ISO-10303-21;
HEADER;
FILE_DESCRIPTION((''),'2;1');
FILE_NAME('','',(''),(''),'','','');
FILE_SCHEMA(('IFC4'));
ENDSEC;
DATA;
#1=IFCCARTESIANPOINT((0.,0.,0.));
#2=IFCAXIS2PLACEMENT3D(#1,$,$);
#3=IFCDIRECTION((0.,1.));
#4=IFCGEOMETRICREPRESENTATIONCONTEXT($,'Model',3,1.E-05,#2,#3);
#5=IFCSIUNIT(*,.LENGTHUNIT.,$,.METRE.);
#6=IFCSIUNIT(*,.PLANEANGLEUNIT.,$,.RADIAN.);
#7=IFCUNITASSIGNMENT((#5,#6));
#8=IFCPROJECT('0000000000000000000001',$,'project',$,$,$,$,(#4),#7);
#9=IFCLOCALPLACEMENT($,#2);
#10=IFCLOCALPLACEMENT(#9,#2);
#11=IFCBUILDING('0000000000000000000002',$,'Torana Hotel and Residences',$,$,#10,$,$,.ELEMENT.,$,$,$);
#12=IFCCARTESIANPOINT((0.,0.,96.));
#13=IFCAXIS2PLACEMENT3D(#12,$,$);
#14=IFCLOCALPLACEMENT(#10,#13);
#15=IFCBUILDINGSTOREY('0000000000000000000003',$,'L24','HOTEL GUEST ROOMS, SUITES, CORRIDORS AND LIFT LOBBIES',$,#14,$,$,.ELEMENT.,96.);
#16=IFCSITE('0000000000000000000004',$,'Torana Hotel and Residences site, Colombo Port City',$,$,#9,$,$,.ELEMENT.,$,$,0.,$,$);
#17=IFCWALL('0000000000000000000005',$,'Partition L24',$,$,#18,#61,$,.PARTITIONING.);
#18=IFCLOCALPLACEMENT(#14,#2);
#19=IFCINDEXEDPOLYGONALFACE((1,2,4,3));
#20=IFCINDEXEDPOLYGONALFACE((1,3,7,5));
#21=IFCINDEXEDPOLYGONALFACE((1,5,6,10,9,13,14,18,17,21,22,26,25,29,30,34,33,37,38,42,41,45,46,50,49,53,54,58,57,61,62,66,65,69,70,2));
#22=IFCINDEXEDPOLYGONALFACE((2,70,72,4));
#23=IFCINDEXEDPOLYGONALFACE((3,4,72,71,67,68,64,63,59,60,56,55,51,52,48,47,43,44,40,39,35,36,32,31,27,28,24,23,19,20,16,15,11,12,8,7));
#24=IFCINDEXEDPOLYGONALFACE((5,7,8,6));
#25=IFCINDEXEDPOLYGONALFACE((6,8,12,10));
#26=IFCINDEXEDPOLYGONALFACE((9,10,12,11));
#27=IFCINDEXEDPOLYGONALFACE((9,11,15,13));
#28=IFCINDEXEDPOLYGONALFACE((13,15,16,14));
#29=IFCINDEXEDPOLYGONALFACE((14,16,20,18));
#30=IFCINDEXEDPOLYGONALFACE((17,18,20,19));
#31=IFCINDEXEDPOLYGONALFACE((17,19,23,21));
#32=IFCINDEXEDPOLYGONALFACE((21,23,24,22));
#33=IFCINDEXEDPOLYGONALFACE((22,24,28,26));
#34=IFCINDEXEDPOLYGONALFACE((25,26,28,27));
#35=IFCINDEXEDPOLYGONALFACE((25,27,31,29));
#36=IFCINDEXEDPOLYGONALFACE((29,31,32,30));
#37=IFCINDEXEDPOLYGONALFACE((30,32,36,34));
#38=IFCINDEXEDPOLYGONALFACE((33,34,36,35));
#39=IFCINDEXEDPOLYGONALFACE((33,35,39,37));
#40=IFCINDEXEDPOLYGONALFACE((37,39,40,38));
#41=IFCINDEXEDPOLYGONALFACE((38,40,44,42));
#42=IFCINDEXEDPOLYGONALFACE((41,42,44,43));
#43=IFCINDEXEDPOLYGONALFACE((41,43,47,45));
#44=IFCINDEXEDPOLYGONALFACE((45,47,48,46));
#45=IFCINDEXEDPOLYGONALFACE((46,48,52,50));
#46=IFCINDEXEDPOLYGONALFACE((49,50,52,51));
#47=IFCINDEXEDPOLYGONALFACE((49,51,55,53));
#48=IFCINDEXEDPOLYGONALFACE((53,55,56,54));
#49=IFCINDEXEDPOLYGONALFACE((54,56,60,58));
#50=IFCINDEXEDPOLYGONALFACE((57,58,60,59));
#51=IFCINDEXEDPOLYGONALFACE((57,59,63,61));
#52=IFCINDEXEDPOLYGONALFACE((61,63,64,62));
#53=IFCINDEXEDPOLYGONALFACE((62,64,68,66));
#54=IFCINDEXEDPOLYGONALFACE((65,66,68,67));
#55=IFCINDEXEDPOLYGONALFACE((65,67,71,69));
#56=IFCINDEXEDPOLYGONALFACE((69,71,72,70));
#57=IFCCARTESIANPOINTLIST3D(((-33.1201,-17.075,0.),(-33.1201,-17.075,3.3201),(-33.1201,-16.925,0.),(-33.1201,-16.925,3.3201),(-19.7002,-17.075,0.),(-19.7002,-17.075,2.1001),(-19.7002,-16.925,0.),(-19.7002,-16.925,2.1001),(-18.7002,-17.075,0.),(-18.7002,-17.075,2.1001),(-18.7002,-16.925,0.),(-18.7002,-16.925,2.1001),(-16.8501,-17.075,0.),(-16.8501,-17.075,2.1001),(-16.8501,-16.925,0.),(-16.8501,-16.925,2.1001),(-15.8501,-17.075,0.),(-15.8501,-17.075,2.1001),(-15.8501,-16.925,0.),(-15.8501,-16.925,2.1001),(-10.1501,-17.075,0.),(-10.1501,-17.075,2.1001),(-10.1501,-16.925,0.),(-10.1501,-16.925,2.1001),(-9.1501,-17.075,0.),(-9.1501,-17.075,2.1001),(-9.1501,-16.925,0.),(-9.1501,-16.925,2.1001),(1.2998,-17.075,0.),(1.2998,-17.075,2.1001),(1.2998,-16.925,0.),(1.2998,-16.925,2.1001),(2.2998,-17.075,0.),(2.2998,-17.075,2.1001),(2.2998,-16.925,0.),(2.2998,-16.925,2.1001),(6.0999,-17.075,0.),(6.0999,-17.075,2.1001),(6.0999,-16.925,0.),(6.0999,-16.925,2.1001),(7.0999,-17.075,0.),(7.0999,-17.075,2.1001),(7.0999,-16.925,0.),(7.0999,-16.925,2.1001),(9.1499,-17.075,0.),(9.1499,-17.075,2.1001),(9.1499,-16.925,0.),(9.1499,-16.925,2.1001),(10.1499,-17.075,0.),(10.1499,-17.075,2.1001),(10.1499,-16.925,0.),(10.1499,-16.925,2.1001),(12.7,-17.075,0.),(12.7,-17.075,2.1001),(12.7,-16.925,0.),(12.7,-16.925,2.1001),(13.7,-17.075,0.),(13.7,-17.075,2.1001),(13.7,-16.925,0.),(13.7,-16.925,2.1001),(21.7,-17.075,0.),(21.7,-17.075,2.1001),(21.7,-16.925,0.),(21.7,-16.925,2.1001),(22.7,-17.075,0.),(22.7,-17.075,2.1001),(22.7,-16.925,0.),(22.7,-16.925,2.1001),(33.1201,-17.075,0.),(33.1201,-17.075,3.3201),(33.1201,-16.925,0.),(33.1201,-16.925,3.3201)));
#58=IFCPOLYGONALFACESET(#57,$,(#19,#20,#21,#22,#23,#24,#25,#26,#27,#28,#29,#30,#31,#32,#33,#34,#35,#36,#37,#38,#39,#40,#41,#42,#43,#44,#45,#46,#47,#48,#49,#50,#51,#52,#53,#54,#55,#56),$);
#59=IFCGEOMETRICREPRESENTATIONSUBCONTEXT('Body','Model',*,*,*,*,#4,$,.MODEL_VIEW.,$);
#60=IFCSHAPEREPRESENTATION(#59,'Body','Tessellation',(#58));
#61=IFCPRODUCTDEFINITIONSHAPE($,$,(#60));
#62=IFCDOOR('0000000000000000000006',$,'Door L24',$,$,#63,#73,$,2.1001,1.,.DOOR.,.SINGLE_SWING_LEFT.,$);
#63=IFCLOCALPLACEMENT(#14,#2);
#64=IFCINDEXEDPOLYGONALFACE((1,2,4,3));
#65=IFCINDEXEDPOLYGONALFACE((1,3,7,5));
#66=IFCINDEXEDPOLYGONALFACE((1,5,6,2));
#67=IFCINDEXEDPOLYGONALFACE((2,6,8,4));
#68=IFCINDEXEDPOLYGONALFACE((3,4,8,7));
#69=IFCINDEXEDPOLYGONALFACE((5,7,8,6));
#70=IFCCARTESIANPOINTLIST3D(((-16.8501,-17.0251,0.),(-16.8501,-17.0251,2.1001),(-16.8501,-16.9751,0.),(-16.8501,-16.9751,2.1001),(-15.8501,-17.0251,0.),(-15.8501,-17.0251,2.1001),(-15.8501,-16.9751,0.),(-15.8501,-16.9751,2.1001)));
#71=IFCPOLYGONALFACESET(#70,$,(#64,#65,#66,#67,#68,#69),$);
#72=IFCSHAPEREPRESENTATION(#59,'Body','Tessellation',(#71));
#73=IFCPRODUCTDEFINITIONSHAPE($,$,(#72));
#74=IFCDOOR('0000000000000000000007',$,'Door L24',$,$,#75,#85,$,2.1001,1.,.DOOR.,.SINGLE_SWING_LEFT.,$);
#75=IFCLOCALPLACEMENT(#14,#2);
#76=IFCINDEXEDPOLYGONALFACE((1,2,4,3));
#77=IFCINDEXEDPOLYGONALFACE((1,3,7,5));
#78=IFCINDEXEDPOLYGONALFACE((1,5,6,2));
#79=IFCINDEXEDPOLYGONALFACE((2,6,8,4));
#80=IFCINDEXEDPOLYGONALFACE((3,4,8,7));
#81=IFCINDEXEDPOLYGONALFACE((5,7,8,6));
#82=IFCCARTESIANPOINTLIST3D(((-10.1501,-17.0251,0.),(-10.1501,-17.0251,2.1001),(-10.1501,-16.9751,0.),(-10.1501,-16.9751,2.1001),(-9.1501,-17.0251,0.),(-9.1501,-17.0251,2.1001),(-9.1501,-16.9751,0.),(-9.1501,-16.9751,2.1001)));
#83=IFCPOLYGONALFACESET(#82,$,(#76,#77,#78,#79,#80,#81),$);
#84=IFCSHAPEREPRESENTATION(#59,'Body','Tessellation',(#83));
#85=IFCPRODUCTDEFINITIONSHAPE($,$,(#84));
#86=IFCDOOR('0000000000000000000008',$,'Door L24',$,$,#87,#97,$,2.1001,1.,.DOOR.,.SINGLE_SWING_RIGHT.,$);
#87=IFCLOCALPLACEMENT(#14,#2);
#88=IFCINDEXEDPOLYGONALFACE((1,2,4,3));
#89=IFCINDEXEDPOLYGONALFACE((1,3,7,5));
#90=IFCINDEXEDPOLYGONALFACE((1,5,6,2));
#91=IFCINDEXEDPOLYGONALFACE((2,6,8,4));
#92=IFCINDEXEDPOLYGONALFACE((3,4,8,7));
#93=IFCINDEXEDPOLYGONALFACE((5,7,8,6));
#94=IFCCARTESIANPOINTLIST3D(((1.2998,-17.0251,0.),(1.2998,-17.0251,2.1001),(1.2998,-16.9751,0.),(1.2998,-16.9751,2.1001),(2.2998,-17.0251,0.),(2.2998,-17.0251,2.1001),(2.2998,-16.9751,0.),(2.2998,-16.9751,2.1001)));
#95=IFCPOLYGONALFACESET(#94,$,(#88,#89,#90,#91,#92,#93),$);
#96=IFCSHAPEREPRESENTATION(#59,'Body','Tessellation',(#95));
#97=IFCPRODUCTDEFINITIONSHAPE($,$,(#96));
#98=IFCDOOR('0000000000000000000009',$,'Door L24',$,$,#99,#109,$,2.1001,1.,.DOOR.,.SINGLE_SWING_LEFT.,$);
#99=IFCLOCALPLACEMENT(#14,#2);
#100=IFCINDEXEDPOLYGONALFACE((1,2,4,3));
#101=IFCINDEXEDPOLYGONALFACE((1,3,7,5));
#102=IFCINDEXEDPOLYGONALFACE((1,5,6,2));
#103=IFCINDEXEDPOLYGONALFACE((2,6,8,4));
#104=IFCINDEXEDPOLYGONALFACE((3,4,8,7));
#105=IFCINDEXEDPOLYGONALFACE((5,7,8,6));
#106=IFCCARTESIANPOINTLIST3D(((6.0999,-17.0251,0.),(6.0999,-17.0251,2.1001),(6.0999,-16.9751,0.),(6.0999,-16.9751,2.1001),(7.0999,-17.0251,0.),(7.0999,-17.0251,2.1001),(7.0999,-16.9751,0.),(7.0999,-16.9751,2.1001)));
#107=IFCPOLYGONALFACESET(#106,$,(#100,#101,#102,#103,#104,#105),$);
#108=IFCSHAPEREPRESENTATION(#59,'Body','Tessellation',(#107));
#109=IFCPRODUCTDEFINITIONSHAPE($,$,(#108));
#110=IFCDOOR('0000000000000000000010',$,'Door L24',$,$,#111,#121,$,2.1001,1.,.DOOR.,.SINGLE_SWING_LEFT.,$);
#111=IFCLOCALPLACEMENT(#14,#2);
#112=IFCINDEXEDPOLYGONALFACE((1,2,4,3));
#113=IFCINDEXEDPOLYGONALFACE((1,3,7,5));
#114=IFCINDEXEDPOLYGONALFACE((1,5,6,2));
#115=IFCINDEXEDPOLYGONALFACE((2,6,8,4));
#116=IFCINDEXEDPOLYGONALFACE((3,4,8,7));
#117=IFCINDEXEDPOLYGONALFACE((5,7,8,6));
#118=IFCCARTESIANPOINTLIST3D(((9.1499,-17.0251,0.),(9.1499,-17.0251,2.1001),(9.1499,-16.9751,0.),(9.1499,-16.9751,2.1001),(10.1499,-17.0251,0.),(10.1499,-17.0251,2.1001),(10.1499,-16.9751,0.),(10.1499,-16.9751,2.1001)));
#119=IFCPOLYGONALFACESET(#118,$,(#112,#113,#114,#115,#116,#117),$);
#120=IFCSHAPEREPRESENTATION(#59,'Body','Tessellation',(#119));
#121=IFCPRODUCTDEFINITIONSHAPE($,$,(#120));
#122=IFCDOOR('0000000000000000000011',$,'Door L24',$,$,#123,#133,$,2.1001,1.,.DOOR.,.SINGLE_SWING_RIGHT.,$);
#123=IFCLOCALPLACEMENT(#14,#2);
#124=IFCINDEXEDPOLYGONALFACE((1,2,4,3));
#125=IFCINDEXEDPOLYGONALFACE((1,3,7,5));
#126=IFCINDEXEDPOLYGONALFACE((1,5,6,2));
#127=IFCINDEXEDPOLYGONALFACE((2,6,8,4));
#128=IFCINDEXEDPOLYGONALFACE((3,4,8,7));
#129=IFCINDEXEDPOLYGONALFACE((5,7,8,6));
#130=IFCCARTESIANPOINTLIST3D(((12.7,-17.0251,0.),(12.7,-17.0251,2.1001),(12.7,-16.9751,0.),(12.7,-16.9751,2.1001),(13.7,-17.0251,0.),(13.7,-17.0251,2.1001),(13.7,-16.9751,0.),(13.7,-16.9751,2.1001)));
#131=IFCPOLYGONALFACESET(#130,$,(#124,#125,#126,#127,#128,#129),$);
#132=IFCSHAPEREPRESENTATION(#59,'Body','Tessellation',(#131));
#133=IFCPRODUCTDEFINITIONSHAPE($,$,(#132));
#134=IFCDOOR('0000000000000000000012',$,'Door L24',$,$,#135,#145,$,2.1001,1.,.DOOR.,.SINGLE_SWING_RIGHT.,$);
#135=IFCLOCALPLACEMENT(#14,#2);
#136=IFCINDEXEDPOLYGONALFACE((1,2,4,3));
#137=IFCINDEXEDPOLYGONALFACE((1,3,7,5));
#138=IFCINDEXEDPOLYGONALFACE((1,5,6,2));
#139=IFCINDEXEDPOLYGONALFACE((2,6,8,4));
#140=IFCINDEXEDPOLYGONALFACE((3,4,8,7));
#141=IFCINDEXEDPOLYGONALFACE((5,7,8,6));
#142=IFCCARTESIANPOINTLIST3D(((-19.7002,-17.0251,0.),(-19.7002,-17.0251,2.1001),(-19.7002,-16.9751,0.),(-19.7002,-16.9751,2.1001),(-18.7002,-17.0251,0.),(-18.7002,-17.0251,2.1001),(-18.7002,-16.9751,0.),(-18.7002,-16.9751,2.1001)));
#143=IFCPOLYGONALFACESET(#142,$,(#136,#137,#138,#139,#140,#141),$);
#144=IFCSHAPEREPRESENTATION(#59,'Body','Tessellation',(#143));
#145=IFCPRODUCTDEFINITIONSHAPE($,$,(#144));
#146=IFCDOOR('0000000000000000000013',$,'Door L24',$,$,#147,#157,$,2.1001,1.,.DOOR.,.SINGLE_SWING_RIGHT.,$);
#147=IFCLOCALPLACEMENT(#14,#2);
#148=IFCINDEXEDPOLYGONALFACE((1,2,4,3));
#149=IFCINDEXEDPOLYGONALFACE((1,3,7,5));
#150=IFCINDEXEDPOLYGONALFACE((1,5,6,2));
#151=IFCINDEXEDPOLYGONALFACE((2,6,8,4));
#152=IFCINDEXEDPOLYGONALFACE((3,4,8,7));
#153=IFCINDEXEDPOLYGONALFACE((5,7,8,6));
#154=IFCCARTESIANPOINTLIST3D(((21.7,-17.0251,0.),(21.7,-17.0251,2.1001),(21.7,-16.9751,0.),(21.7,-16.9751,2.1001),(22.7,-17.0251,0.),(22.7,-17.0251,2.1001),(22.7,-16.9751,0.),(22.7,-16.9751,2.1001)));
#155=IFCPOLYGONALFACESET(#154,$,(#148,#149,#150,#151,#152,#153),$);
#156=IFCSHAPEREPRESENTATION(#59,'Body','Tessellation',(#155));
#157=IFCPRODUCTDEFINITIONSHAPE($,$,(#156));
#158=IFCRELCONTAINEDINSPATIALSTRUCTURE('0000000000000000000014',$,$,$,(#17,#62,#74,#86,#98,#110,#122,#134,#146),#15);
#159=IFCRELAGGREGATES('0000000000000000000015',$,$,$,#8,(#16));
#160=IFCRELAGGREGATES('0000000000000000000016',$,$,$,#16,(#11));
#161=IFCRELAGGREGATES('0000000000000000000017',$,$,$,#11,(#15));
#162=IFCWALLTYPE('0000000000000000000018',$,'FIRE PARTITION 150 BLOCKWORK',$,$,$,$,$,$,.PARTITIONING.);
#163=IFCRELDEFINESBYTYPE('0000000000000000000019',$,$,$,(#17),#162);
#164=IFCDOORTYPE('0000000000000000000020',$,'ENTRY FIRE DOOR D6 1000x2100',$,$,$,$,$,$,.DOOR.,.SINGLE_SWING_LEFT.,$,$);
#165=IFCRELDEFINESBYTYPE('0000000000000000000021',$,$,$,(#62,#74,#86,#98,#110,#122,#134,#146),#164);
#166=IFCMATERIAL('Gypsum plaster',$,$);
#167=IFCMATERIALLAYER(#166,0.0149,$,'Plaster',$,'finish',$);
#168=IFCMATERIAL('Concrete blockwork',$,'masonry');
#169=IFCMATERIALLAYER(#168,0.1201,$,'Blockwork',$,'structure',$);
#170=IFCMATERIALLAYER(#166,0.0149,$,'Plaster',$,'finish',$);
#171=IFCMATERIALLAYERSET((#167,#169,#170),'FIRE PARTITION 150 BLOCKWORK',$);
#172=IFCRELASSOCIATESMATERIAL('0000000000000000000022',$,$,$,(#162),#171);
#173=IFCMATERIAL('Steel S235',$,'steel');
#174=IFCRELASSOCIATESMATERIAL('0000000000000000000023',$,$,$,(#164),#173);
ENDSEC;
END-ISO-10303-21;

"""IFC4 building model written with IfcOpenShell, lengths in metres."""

from ifc_helpers import new_model, si_unit, direction, frame, frame_2d, origin, place, context, subcontext, project, spatial, rectangle, extrude, material, layer, layer_set, type_object, element, fill, save


model = new_model("IFC4")

# Units and contexts
model_context = context("Model", 3, precision=1e-05, world=origin(), true_north=direction((0.0, 1.0)))
body_context = subcontext(model_context, "Body", "Model", "MODEL_VIEW")
ifc_project = project(units=[si_unit("LENGTHUNIT", "METRE"), si_unit("PLANEANGLEUNIT", "RADIAN")], contexts=[model_context])

# Site, building, storey
site_placement = place(None, origin())
site = spatial("IfcSite", under=ifc_project, at=site_placement, Name="Torana Hotel and Residences site, Colombo Port City", CompositionType="ELEMENT", RefElevation=0.0)
building_placement = place(site_placement, origin())
building = spatial("IfcBuilding", under=site, at=building_placement, Name="Torana Hotel and Residences", CompositionType="ELEMENT")
storey_placement = place(building_placement, frame((0.0, 0.0, 96.0)))
storey = spatial("IfcBuildingStorey", under=building, at=storey_placement, Name="L24", Description="HOTEL GUEST ROOMS, SUITES, CORRIDORS AND LIFT LOBBIES", CompositionType="ELEMENT", Elevation=96.0)

# Wall, openings, doors
ifc_material_1 = material(Name="Gypsum plaster")
ifc_layer_1 = layer(ifc_material_1, 0.0149, Name="Plaster", Category="finish")
ifc_material_2 = material(Name="Concrete blockwork", Category="masonry")
ifc_layer_2 = layer(ifc_material_2, 0.1201, Name="Blockwork", Category="structure")
ifc_layer_3 = layer(ifc_material_1, 0.0149, Name="Plaster", Category="finish")
ifc_layer_set_1 = layer_set([ifc_layer_1, ifc_layer_2, ifc_layer_3], Name="FIRE PARTITION 150 BLOCKWORK")
wall_type_1 = type_object("IfcWallType", Name="FIRE PARTITION 150 BLOCKWORK", PredefinedType="PARTITIONING", material=ifc_layer_set_1)
wall_1_placement = place(storey_placement, frame((-33.1201, -17.0, 0.0), z_axis=(0.0, 0.0, 1.0), x_axis=(1.0, 0.0, 0.0)))
wall_1 = element("IfcWall", 1, at=wall_1_placement, inside=storey, type_object=wall_type_1, Name="Partition L24", PredefinedType="PARTITIONING", context=body_context, shape_type="SweptSolid", body=[
    extrude(rectangle(XDim=66.2402, YDim=0.1499, at=frame_2d((33.1201, 0.0))), origin(), (0.0, 0.0, 1.0), 3.3201),
])
opening_1_placement = place(wall_1_placement, frame((16.27, 0.0, 0.0)))
opening_1 = element("IfcOpeningElement", 2, at=opening_1_placement, cuts=wall_1, PredefinedType="OPENING", context=body_context, shape_type="SweptSolid", body=[
    extrude(rectangle(XDim=1.0, YDim=2.1001, at=frame_2d((0.5, 1.05))), frame((0.0, 0.085, 0.0), z_axis=(0.0, -1.0, 0.0), x_axis=(1.0, 0.0, 0.0)), (0.0, 0.0, 1.0), 0.1699),
])
opening_2_placement = place(wall_1_placement, frame((22.97, 0.0, 0.0)))
opening_2 = element("IfcOpeningElement", 3, at=opening_2_placement, cuts=wall_1, PredefinedType="OPENING", context=body_context, shape_type="SweptSolid", body=[
    extrude(rectangle(XDim=1.0, YDim=2.1001, at=frame_2d((0.5, 1.05))), frame((0.0, 0.085, 0.0), z_axis=(0.0, -1.0, 0.0), x_axis=(1.0, 0.0, 0.0)), (0.0, 0.0, 1.0), 0.1699),
])
opening_3_placement = place(wall_1_placement, frame((34.4199, 0.0, 0.0)))
opening_3 = element("IfcOpeningElement", 4, at=opening_3_placement, cuts=wall_1, PredefinedType="OPENING", context=body_context, shape_type="SweptSolid", body=[
    extrude(rectangle(XDim=1.0, YDim=2.1001, at=frame_2d((0.5, 1.05))), frame((0.0, 0.085, 0.0), z_axis=(0.0, -1.0, 0.0), x_axis=(1.0, 0.0, 0.0)), (0.0, 0.0, 1.0), 0.1699),
])
opening_4_placement = place(wall_1_placement, frame((39.22, 0.0, 0.0)))
opening_4 = element("IfcOpeningElement", 5, at=opening_4_placement, cuts=wall_1, PredefinedType="OPENING", context=body_context, shape_type="SweptSolid", body=[
    extrude(rectangle(XDim=1.0, YDim=2.1001, at=frame_2d((0.5, 1.05))), frame((0.0, 0.085, 0.0), z_axis=(0.0, -1.0, 0.0), x_axis=(1.0, 0.0, 0.0)), (0.0, 0.0, 1.0), 0.1699),
])
opening_5_placement = place(wall_1_placement, frame((42.27, 0.0, 0.0)))
opening_5 = element("IfcOpeningElement", 6, at=opening_5_placement, cuts=wall_1, PredefinedType="OPENING", context=body_context, shape_type="SweptSolid", body=[
    extrude(rectangle(XDim=1.0, YDim=2.1001, at=frame_2d((0.5, 1.05))), frame((0.0, 0.085, 0.0), z_axis=(0.0, -1.0, 0.0), x_axis=(1.0, 0.0, 0.0)), (0.0, 0.0, 1.0), 0.1699),
])
opening_6_placement = place(wall_1_placement, frame((45.8201, 0.0, 0.0)))
opening_6 = element("IfcOpeningElement", 7, at=opening_6_placement, cuts=wall_1, PredefinedType="OPENING", context=body_context, shape_type="SweptSolid", body=[
    extrude(rectangle(XDim=1.0, YDim=2.1001, at=frame_2d((0.5, 1.05))), frame((0.0, 0.085, 0.0), z_axis=(0.0, -1.0, 0.0), x_axis=(1.0, 0.0, 0.0)), (0.0, 0.0, 1.0), 0.1699),
])
opening_7_placement = place(wall_1_placement, frame((13.4199, 0.0, 0.0)))
opening_7 = element("IfcOpeningElement", 8, at=opening_7_placement, cuts=wall_1, PredefinedType="OPENING", context=body_context, shape_type="SweptSolid", body=[
    extrude(rectangle(XDim=1.0, YDim=2.1001, at=frame_2d((0.5, 1.05))), frame((0.0, 0.085, 0.0), z_axis=(0.0, -1.0, 0.0), x_axis=(1.0, 0.0, 0.0)), (0.0, 0.0, 1.0), 0.1699),
])
opening_8_placement = place(wall_1_placement, frame((54.8201, 0.0, 0.0)))
opening_8 = element("IfcOpeningElement", 9, at=opening_8_placement, cuts=wall_1, PredefinedType="OPENING", context=body_context, shape_type="SweptSolid", body=[
    extrude(rectangle(XDim=1.0, YDim=2.1001, at=frame_2d((0.5, 1.05))), frame((0.0, 0.085, 0.0), z_axis=(0.0, -1.0, 0.0), x_axis=(1.0, 0.0, 0.0)), (0.0, 0.0, 1.0), 0.1699),
])
ifc_material_3 = material(Name="Steel S235", Category="steel")
door_type_1 = type_object("IfcDoorType", Name="ENTRY FIRE DOOR D6 1000x2100", OperationType="SINGLE_SWING_LEFT", PredefinedType="DOOR", material=ifc_material_3)
door_1_placement = place(opening_1_placement, frame((0.5, 0.0, 0.0), z_axis=(0.0, 0.0, 1.0), x_axis=(-1.0, 0.0, 0.0)))
door_1 = element("IfcDoor", 10, at=door_1_placement, inside=storey, type_object=door_type_1, Name="Door L24", OperationType="SINGLE_SWING_LEFT", OverallHeight=2.1001, OverallWidth=1.0, PredefinedType="DOOR", context=body_context, shape_type="SweptSolid", body=[
    extrude(rectangle(XDim=1.0, YDim=2.1001, at=frame_2d((0.0, 1.05))), frame((0.0, -0.0249, 0.0), z_axis=(0.0, 1.0, 0.0), x_axis=(-1.0, 0.0, 0.0)), (0.0, 0.0, 1.0), 0.05),
])
fill(opening_1, door_1)
door_2_placement = place(opening_2_placement, frame((0.5, 0.0, 0.0), z_axis=(0.0, 0.0, 1.0), x_axis=(-1.0, 0.0, 0.0)))
door_2 = element("IfcDoor", 11, at=door_2_placement, inside=storey, type_object=door_type_1, Name="Door L24", OperationType="SINGLE_SWING_LEFT", OverallHeight=2.1001, OverallWidth=1.0, PredefinedType="DOOR", context=body_context, shape_type="SweptSolid", body=[
    extrude(rectangle(XDim=1.0, YDim=2.1001, at=frame_2d((0.0, 1.05))), frame((0.0, -0.0249, 0.0), z_axis=(0.0, 1.0, 0.0), x_axis=(-1.0, 0.0, 0.0)), (0.0, 0.0, 1.0), 0.05),
])
fill(opening_2, door_2)
door_3_placement = place(opening_3_placement, origin())
door_3 = element("IfcDoor", 12, at=door_3_placement, inside=storey, type_object=door_type_1, Name="Door L24", OperationType="SINGLE_SWING_RIGHT", OverallHeight=2.1001, OverallWidth=1.0, PredefinedType="DOOR", context=body_context, shape_type="SweptSolid", body=[
    extrude(rectangle(XDim=1.0, YDim=2.1001, at=frame_2d((0.5, 1.05))), frame((0.0, 0.0249, 0.0), z_axis=(0.0, -1.0, 0.0), x_axis=(1.0, 0.0, 0.0)), (0.0, 0.0, 1.0), 0.05),
])
fill(opening_3, door_3)
door_4_placement = place(opening_4_placement, frame((0.5, 0.0, 0.0), z_axis=(0.0, 0.0, 1.0), x_axis=(-1.0, 0.0, 0.0)))
door_4 = element("IfcDoor", 13, at=door_4_placement, inside=storey, type_object=door_type_1, Name="Door L24", OperationType="SINGLE_SWING_LEFT", OverallHeight=2.1001, OverallWidth=1.0, PredefinedType="DOOR", context=body_context, shape_type="SweptSolid", body=[
    extrude(rectangle(XDim=1.0, YDim=2.1001, at=frame_2d((0.0, 1.05))), frame((0.0, -0.0249, 0.0), z_axis=(0.0, 1.0, 0.0), x_axis=(-1.0, 0.0, 0.0)), (0.0, 0.0, 1.0), 0.05),
])
fill(opening_4, door_4)
door_5_placement = place(opening_5_placement, frame((0.5, 0.0, 0.0), z_axis=(0.0, 0.0, 1.0), x_axis=(-1.0, 0.0, 0.0)))
door_5 = element("IfcDoor", 14, at=door_5_placement, inside=storey, type_object=door_type_1, Name="Door L24", OperationType="SINGLE_SWING_LEFT", OverallHeight=2.1001, OverallWidth=1.0, PredefinedType="DOOR", context=body_context, shape_type="SweptSolid", body=[
    extrude(rectangle(XDim=1.0, YDim=2.1001, at=frame_2d((0.0, 1.05))), frame((0.0, -0.0249, 0.0), z_axis=(0.0, 1.0, 0.0), x_axis=(-1.0, 0.0, 0.0)), (0.0, 0.0, 1.0), 0.05),
])
fill(opening_5, door_5)
door_6_placement = place(opening_6_placement, origin())
door_6 = element("IfcDoor", 15, at=door_6_placement, inside=storey, type_object=door_type_1, Name="Door L24", OperationType="SINGLE_SWING_RIGHT", OverallHeight=2.1001, OverallWidth=1.0, PredefinedType="DOOR", context=body_context, shape_type="SweptSolid", body=[
    extrude(rectangle(XDim=1.0, YDim=2.1001, at=frame_2d((0.5, 1.05))), frame((0.0, 0.0249, 0.0), z_axis=(0.0, -1.0, 0.0), x_axis=(1.0, 0.0, 0.0)), (0.0, 0.0, 1.0), 0.05),
])
fill(opening_6, door_6)
door_7_placement = place(opening_7_placement, origin())
door_7 = element("IfcDoor", 16, at=door_7_placement, inside=storey, type_object=door_type_1, Name="Door L24", OperationType="SINGLE_SWING_RIGHT", OverallHeight=2.1001, OverallWidth=1.0, PredefinedType="DOOR", context=body_context, shape_type="SweptSolid", body=[
    extrude(rectangle(XDim=1.0, YDim=2.1001, at=frame_2d((0.5, 1.05))), frame((0.0, 0.0249, 0.0), z_axis=(0.0, -1.0, 0.0), x_axis=(1.0, 0.0, 0.0)), (0.0, 0.0, 1.0), 0.05),
])
fill(opening_7, door_7)
door_8_placement = place(opening_8_placement, origin())
door_8 = element("IfcDoor", 17, at=door_8_placement, inside=storey, type_object=door_type_1, Name="Door L24", OperationType="SINGLE_SWING_RIGHT", OverallHeight=2.1001, OverallWidth=1.0, PredefinedType="DOOR", context=body_context, shape_type="SweptSolid", body=[
    extrude(rectangle(XDim=1.0, YDim=2.1001, at=frame_2d((0.5, 1.05))), frame((0.0, 0.0249, 0.0), z_axis=(0.0, -1.0, 0.0), x_axis=(1.0, 0.0, 0.0)), (0.0, 0.0, 1.0), 0.05),
])
fill(opening_8, door_8)

save(model, "model.ifc")
